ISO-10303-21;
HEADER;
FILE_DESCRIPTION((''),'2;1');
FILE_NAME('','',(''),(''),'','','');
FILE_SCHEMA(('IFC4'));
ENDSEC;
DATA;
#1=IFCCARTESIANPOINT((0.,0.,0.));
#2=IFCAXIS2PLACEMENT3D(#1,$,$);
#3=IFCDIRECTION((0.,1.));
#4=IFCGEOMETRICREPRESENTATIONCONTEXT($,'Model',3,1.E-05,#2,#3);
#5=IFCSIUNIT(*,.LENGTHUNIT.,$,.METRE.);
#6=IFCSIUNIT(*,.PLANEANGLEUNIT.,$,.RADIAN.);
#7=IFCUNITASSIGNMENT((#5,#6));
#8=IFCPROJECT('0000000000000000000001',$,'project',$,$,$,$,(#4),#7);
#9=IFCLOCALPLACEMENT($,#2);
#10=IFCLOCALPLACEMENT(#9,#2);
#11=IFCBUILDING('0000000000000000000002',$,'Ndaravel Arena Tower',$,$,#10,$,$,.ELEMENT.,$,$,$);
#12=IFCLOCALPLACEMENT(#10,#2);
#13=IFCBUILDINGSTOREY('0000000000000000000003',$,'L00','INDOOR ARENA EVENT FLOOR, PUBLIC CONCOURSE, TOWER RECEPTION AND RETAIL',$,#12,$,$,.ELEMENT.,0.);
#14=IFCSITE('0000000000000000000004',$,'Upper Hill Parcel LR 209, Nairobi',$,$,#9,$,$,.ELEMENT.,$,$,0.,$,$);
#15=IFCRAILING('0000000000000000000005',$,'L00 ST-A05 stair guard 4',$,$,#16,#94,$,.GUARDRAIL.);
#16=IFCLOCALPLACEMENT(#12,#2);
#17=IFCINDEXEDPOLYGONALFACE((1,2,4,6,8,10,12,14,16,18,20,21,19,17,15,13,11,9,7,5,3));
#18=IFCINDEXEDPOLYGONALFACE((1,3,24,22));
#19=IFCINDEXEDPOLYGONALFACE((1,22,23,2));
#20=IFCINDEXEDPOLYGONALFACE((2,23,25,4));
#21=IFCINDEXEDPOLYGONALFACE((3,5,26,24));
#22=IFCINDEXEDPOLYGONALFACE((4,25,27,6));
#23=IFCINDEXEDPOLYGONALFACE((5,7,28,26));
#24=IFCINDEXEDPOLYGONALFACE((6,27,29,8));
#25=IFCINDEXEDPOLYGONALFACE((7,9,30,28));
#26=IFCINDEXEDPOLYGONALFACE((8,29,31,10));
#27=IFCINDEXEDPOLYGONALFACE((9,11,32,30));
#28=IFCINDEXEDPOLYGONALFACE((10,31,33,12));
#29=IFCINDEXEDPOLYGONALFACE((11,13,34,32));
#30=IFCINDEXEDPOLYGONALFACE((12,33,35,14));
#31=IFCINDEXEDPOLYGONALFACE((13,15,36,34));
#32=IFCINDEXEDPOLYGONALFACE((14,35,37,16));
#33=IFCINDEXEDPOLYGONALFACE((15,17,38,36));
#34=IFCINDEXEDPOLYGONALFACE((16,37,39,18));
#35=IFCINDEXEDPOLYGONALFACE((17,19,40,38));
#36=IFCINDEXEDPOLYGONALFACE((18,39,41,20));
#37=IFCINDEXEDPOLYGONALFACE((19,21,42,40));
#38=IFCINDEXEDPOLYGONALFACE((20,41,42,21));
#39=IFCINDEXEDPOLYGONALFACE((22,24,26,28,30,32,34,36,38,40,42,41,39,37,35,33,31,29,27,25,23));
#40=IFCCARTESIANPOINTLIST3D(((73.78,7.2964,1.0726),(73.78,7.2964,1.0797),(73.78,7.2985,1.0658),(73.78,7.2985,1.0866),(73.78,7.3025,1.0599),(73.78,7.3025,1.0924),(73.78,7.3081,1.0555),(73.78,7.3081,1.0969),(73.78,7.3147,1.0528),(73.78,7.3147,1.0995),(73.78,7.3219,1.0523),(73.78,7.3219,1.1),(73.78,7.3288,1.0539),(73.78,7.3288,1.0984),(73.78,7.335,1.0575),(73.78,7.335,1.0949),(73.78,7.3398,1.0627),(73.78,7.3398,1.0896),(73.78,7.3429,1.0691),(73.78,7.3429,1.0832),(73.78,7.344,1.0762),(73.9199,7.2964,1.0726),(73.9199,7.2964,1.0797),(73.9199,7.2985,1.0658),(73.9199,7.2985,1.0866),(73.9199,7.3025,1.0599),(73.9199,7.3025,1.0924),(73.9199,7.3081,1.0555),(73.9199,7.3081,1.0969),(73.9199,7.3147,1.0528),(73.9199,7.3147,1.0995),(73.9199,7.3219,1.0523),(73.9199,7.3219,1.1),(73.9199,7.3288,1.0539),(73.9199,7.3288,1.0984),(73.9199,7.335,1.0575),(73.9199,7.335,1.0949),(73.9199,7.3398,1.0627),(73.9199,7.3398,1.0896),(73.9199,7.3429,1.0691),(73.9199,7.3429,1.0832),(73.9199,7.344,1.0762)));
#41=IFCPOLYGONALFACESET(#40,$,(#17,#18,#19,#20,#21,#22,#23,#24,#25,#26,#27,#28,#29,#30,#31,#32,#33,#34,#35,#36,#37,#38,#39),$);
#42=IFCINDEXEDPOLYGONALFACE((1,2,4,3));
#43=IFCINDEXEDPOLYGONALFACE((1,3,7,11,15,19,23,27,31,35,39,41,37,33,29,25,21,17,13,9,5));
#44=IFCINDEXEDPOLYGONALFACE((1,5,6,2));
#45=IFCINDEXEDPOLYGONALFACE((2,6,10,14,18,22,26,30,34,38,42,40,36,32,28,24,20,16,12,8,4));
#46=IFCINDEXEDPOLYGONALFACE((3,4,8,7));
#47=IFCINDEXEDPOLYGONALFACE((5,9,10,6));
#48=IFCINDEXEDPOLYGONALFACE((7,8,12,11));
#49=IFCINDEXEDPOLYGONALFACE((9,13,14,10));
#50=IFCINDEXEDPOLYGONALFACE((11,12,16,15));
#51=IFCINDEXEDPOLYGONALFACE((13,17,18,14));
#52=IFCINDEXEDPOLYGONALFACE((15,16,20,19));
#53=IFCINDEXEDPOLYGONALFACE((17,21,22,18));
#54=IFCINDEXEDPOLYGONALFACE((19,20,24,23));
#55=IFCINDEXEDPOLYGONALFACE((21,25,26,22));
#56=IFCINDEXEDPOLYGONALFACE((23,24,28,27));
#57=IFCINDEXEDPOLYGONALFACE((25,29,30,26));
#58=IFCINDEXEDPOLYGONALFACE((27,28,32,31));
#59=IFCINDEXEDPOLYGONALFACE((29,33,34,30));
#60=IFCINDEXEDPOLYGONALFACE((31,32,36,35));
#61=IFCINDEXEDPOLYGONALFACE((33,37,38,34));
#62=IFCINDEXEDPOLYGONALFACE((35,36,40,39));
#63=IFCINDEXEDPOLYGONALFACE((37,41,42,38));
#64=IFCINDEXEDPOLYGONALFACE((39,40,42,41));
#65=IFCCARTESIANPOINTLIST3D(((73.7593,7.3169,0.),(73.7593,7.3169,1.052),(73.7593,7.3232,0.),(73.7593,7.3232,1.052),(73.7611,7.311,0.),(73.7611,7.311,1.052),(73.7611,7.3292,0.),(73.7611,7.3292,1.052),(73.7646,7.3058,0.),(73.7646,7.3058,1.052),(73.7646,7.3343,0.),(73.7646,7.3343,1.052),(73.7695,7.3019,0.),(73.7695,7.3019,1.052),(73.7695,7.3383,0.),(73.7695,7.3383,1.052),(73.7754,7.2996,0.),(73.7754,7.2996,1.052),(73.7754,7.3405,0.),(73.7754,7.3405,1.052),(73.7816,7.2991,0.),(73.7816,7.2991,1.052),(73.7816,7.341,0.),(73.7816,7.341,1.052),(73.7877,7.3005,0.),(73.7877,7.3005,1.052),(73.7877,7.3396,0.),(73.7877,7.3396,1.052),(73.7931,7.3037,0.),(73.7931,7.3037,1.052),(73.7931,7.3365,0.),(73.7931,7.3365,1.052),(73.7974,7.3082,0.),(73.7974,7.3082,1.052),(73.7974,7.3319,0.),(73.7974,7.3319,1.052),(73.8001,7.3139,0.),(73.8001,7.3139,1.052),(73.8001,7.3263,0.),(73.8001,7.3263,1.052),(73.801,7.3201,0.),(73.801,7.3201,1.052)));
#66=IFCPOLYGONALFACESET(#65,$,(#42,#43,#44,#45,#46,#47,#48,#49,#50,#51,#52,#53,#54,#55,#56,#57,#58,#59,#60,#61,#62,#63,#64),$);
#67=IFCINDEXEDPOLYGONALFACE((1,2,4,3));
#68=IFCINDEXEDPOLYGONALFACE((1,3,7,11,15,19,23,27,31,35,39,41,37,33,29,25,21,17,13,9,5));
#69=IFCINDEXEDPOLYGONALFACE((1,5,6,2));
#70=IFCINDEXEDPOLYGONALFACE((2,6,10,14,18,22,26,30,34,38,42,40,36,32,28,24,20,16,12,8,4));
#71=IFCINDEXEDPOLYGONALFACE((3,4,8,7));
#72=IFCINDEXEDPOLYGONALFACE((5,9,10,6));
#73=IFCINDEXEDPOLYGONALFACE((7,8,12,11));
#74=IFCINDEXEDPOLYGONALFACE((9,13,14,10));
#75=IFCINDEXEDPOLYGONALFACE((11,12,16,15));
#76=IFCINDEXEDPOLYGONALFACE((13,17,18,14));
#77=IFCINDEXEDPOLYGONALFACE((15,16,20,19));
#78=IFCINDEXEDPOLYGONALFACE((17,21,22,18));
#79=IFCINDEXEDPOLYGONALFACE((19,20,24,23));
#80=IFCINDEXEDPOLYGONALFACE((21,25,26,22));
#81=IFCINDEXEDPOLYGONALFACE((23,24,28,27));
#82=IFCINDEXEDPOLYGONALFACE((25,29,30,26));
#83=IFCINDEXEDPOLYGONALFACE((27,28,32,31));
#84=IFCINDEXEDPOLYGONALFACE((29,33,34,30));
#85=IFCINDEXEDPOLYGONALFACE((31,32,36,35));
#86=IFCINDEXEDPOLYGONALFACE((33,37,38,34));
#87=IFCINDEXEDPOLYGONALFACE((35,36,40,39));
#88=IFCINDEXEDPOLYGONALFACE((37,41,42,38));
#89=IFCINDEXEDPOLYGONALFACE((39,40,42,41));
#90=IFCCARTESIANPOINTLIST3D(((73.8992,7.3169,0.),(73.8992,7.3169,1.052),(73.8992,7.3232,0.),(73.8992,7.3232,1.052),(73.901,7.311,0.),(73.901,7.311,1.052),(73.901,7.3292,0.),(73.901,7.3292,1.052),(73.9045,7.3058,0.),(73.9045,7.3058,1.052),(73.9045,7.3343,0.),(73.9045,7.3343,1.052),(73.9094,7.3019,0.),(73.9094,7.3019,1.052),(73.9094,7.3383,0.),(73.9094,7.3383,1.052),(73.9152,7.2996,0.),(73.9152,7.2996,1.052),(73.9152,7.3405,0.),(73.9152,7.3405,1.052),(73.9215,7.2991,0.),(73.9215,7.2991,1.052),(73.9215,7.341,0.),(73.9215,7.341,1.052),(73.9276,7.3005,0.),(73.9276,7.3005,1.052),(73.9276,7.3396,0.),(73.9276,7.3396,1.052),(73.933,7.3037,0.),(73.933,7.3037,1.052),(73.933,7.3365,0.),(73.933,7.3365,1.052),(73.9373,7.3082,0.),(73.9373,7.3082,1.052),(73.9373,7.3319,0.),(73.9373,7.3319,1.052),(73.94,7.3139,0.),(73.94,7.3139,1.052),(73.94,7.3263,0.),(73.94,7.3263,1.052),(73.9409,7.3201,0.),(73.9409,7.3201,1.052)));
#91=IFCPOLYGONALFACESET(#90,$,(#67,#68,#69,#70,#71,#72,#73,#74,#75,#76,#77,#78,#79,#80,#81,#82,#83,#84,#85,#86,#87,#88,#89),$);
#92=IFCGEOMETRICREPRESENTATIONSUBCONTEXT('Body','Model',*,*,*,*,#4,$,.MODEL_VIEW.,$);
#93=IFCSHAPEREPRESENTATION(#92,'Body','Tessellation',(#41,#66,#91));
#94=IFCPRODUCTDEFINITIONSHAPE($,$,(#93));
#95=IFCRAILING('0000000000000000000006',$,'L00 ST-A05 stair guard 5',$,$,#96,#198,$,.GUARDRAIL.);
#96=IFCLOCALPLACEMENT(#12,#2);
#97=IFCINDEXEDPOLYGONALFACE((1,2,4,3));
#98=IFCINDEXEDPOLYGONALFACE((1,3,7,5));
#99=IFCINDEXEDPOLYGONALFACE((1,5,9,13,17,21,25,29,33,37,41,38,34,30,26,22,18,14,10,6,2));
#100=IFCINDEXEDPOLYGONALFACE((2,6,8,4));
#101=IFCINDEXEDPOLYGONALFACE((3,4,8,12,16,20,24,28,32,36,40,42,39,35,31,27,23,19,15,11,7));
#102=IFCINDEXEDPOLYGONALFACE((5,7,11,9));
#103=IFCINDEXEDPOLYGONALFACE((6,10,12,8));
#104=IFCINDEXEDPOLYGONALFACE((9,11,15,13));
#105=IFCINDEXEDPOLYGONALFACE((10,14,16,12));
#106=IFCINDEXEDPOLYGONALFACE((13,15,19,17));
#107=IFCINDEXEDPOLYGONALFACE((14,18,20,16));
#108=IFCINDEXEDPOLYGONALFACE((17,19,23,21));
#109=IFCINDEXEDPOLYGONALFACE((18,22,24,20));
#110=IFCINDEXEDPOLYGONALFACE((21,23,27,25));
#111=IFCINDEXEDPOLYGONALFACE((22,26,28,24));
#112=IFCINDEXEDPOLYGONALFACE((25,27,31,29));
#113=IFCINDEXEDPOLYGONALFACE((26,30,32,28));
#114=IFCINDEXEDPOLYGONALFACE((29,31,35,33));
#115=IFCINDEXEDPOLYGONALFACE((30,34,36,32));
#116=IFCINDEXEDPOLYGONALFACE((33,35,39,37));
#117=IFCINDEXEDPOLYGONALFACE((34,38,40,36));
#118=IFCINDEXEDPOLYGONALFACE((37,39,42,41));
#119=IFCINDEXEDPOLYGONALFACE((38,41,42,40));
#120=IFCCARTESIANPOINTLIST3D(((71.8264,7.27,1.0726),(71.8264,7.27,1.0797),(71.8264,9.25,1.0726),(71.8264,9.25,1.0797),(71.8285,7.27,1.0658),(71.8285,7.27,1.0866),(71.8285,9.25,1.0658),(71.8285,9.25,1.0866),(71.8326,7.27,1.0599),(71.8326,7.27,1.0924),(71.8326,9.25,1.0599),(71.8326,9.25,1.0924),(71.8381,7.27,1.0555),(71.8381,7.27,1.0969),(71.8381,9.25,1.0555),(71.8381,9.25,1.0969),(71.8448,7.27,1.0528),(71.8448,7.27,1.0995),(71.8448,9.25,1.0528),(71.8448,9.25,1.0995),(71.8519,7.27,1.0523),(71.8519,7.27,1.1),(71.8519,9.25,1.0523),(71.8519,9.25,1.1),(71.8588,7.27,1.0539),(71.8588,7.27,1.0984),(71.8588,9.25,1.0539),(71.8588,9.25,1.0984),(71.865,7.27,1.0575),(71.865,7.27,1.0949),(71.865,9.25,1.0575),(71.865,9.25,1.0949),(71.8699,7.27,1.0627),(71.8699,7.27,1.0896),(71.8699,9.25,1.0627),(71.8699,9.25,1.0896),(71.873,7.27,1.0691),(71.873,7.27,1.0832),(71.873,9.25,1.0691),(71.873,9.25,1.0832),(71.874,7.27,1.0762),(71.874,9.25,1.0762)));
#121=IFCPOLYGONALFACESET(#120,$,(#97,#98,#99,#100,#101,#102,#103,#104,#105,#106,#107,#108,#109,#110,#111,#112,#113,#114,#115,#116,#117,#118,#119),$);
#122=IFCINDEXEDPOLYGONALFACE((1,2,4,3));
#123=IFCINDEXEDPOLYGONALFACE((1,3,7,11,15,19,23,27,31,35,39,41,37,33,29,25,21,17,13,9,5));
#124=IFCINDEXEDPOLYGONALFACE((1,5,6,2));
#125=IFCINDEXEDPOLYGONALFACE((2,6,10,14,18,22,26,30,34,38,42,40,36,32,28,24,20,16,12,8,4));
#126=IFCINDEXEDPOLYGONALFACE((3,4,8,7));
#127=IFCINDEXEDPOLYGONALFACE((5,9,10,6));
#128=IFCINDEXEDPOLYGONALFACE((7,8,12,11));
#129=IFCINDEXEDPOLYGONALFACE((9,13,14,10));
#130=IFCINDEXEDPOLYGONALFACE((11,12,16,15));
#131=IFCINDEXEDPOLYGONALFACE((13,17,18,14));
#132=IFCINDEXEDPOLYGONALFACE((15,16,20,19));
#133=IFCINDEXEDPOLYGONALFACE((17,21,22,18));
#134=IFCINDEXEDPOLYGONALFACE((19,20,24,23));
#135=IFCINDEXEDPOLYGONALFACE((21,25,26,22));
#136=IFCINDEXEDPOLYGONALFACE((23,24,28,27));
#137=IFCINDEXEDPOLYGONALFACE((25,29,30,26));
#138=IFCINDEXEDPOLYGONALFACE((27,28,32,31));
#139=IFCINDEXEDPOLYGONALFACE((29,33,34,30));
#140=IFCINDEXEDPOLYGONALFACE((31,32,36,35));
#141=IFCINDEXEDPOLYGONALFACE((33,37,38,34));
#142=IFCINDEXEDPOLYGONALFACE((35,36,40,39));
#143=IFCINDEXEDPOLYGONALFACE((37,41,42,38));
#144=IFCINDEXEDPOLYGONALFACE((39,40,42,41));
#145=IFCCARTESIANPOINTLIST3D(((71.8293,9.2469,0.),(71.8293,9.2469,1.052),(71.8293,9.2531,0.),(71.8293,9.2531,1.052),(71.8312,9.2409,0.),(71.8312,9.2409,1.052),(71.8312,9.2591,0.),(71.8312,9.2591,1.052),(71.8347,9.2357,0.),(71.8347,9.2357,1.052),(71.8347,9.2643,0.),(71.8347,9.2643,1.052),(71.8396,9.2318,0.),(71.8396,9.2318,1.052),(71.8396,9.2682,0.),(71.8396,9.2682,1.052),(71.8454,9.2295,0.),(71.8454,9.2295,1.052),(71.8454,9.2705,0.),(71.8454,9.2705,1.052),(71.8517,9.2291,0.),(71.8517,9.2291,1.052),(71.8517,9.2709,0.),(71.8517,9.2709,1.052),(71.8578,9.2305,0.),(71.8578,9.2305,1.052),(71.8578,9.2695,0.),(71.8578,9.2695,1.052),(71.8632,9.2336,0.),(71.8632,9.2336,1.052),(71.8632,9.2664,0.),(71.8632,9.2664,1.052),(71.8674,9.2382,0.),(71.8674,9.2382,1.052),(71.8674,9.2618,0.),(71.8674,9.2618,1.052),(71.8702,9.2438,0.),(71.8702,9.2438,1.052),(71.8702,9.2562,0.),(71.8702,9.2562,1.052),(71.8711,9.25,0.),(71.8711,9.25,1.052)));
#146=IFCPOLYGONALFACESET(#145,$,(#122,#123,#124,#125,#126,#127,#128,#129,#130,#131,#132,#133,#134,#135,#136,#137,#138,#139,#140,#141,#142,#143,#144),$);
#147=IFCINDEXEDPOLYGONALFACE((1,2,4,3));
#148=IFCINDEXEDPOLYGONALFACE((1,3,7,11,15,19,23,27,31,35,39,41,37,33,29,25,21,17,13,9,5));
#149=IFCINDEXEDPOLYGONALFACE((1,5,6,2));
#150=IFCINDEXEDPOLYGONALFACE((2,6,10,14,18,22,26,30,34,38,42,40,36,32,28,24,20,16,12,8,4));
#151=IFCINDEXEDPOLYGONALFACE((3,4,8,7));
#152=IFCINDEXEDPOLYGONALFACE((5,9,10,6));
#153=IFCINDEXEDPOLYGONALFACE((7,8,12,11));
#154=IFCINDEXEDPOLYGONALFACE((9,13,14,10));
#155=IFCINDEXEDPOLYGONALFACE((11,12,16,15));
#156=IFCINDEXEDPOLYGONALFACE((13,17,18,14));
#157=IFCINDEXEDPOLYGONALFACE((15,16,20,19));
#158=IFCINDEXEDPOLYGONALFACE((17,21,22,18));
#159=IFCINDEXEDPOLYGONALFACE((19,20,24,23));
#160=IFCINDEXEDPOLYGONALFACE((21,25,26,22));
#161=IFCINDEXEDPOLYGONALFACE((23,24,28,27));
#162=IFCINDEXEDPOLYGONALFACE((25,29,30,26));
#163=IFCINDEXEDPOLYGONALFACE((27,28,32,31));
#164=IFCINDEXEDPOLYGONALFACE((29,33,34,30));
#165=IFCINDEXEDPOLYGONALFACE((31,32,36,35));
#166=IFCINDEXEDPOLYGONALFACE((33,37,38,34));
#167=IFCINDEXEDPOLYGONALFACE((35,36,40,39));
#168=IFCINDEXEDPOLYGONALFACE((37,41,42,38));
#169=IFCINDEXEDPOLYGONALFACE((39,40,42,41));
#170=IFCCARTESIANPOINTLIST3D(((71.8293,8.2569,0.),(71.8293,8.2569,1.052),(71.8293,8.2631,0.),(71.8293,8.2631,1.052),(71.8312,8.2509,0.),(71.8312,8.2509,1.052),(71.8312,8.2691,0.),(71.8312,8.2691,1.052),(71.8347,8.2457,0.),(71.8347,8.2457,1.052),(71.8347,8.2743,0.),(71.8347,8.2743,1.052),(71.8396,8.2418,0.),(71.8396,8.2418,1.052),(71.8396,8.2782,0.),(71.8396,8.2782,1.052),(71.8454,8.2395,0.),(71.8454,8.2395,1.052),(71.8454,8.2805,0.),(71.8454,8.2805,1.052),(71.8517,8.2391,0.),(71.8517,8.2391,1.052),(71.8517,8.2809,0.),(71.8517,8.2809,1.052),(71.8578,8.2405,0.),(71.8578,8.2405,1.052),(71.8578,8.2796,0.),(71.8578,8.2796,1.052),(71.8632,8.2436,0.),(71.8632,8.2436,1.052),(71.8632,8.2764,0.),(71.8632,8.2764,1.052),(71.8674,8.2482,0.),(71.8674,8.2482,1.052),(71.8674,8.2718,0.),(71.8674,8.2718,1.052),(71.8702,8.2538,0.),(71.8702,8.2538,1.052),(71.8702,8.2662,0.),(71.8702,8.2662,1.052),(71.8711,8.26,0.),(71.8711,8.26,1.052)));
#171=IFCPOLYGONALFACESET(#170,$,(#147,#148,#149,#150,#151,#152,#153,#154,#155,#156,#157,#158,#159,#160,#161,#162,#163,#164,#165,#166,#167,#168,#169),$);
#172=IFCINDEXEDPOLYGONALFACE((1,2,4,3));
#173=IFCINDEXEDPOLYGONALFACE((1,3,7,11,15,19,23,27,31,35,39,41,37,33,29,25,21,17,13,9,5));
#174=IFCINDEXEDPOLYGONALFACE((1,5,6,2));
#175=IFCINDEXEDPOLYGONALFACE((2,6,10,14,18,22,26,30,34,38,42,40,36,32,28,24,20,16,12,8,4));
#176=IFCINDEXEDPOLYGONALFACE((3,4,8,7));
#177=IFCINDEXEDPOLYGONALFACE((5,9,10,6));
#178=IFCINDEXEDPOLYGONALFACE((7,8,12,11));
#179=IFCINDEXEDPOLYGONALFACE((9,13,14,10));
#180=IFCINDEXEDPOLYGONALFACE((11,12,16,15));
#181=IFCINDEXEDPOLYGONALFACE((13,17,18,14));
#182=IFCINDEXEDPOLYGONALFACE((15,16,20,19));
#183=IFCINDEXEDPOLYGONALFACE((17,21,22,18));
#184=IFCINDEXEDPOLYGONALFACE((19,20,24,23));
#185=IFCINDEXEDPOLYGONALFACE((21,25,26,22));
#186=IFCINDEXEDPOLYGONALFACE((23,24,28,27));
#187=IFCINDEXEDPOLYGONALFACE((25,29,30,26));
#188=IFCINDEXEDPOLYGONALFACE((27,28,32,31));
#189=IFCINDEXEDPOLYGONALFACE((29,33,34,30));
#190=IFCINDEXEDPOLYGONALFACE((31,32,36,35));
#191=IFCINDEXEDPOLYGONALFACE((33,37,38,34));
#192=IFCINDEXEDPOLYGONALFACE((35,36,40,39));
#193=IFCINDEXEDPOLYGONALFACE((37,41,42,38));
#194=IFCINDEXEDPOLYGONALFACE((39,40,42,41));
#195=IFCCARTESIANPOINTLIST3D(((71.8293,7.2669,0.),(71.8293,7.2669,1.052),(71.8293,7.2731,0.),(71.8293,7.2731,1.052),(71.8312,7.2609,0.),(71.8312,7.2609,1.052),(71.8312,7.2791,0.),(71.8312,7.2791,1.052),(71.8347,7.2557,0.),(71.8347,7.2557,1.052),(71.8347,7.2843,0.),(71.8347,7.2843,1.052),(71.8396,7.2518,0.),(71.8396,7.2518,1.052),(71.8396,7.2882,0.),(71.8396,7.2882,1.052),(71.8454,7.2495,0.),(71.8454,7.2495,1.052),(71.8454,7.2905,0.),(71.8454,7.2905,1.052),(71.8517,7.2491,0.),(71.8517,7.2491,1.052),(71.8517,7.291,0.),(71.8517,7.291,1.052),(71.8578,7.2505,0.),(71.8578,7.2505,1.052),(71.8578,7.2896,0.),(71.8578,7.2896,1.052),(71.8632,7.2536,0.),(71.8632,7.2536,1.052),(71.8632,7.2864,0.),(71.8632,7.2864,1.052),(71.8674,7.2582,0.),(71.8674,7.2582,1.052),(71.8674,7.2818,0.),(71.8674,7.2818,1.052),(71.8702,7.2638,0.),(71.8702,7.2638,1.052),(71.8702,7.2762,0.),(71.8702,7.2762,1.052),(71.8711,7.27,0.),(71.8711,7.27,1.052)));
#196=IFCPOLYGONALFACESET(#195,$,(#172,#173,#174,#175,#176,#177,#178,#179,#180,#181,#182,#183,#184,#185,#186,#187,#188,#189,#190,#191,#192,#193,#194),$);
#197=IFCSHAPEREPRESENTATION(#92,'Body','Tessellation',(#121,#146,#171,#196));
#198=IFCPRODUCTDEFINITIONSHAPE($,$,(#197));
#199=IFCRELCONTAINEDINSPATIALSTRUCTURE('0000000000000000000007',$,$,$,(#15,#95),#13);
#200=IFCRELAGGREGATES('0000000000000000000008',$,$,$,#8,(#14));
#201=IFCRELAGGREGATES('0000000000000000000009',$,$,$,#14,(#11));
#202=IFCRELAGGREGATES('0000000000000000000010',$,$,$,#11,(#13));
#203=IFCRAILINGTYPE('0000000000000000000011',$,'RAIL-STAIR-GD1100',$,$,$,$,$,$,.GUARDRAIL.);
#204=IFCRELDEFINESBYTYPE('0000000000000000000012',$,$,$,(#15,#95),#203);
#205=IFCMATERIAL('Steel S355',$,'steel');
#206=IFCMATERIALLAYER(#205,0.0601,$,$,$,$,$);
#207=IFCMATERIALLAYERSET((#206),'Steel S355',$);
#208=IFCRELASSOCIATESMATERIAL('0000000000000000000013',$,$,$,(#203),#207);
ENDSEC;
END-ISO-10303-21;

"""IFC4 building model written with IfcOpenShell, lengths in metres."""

from ifc_helpers import new_model, si_unit, direction, frame, origin, origin_2d, place, context, subcontext, project, spatial, circle, extrude, material, layer, layer_set, type_object, element, save


model = new_model("IFC4")

# Units and contexts
model_context = context("Model", 3, precision=1e-05, world=origin(), true_north=direction((0.0, 1.0)))
body_context = subcontext(model_context, "Body", "Model", "MODEL_VIEW")
ifc_project = project(units=[si_unit("LENGTHUNIT", "METRE"), si_unit("PLANEANGLEUNIT", "RADIAN")], contexts=[model_context])

# Site, building, storey
site_placement = place(None, origin())
site = spatial("IfcSite", under=ifc_project, at=site_placement, Name="Upper Hill Parcel LR 209, Nairobi", CompositionType="ELEMENT", RefElevation=0.0)
building_placement = place(site_placement, origin())
building = spatial("IfcBuilding", under=site, at=building_placement, Name="Ndaravel Arena Tower", CompositionType="ELEMENT")
storey_placement = place(building_placement, origin())
storey = spatial("IfcBuildingStorey", under=building, at=storey_placement, Name="L00", Description="INDOOR ARENA EVENT FLOOR, PUBLIC CONCOURSE, TOWER RECEPTION AND RETAIL", CompositionType="ELEMENT", Elevation=0.0)

# Railings
ifc_material_1 = material(Name="Steel S355", Category="steel")
ifc_layer_1 = layer(ifc_material_1, 0.0601)
ifc_layer_set_1 = layer_set([ifc_layer_1], Name="Steel S355")
railing_type = type_object("IfcRailingType", Name="RAIL-STAIR-GD1100", PredefinedType="GUARDRAIL", material=ifc_layer_set_1)
railing_1_placement = place(storey_placement, frame((73.78, 7.3201, 0.0)))
element("IfcRailing", 1, at=railing_1_placement, inside=storey, type_object=railing_type, Name="L00 ST-A05 stair guard 4", PredefinedType="GUARDRAIL", context=body_context, shape_type="SweptSolid", body=[
    extrude(circle(Radius=0.0239, at=origin_2d()), frame((0.0, 0.0, 1.0762), z_axis=(1.0, 0.0, 0.0), x_axis=(0.0, 1.0, 0.0)), (0.0, 0.0, 1.0), 0.1399),
    extrude(circle(Radius=0.021, at=origin_2d()), origin(), (0.0, 0.0, 1.0), 1.052),
    extrude(circle(Radius=0.021, at=origin_2d()), frame((0.1399, 0.0, 0.0)), (0.0, 0.0, 1.0), 1.052),
])
for number, where, name in (
    (2, (71.8501, 9.25, 0.0), "L00 ST-A05 stair guard 5"),
):
    element("IfcRailing", number, at=place(storey_placement, frame(where)), inside=storey, type_object=railing_type, Name=name, PredefinedType="GUARDRAIL", context=body_context, shape_type="SweptSolid", body=[
        extrude(circle(Radius=0.0239, at=origin_2d()), frame((0.0, 0.0, 1.0762), z_axis=(0.0, -1.0, 0.0), x_axis=(1.0, 0.0, 0.0)), (0.0, 0.0, 1.0), 1.98),
        extrude(circle(Radius=0.021, at=origin_2d()), origin(), (0.0, 0.0, 1.0), 1.052),
        extrude(circle(Radius=0.021, at=origin_2d()), frame((0.0, -0.99, 0.0)), (0.0, 0.0, 1.0), 1.052),
        extrude(circle(Radius=0.021, at=origin_2d()), frame((0.0, -1.98, 0.0)), (0.0, 0.0, 1.0), 1.052),
    ])

save(model, "model.ifc")
